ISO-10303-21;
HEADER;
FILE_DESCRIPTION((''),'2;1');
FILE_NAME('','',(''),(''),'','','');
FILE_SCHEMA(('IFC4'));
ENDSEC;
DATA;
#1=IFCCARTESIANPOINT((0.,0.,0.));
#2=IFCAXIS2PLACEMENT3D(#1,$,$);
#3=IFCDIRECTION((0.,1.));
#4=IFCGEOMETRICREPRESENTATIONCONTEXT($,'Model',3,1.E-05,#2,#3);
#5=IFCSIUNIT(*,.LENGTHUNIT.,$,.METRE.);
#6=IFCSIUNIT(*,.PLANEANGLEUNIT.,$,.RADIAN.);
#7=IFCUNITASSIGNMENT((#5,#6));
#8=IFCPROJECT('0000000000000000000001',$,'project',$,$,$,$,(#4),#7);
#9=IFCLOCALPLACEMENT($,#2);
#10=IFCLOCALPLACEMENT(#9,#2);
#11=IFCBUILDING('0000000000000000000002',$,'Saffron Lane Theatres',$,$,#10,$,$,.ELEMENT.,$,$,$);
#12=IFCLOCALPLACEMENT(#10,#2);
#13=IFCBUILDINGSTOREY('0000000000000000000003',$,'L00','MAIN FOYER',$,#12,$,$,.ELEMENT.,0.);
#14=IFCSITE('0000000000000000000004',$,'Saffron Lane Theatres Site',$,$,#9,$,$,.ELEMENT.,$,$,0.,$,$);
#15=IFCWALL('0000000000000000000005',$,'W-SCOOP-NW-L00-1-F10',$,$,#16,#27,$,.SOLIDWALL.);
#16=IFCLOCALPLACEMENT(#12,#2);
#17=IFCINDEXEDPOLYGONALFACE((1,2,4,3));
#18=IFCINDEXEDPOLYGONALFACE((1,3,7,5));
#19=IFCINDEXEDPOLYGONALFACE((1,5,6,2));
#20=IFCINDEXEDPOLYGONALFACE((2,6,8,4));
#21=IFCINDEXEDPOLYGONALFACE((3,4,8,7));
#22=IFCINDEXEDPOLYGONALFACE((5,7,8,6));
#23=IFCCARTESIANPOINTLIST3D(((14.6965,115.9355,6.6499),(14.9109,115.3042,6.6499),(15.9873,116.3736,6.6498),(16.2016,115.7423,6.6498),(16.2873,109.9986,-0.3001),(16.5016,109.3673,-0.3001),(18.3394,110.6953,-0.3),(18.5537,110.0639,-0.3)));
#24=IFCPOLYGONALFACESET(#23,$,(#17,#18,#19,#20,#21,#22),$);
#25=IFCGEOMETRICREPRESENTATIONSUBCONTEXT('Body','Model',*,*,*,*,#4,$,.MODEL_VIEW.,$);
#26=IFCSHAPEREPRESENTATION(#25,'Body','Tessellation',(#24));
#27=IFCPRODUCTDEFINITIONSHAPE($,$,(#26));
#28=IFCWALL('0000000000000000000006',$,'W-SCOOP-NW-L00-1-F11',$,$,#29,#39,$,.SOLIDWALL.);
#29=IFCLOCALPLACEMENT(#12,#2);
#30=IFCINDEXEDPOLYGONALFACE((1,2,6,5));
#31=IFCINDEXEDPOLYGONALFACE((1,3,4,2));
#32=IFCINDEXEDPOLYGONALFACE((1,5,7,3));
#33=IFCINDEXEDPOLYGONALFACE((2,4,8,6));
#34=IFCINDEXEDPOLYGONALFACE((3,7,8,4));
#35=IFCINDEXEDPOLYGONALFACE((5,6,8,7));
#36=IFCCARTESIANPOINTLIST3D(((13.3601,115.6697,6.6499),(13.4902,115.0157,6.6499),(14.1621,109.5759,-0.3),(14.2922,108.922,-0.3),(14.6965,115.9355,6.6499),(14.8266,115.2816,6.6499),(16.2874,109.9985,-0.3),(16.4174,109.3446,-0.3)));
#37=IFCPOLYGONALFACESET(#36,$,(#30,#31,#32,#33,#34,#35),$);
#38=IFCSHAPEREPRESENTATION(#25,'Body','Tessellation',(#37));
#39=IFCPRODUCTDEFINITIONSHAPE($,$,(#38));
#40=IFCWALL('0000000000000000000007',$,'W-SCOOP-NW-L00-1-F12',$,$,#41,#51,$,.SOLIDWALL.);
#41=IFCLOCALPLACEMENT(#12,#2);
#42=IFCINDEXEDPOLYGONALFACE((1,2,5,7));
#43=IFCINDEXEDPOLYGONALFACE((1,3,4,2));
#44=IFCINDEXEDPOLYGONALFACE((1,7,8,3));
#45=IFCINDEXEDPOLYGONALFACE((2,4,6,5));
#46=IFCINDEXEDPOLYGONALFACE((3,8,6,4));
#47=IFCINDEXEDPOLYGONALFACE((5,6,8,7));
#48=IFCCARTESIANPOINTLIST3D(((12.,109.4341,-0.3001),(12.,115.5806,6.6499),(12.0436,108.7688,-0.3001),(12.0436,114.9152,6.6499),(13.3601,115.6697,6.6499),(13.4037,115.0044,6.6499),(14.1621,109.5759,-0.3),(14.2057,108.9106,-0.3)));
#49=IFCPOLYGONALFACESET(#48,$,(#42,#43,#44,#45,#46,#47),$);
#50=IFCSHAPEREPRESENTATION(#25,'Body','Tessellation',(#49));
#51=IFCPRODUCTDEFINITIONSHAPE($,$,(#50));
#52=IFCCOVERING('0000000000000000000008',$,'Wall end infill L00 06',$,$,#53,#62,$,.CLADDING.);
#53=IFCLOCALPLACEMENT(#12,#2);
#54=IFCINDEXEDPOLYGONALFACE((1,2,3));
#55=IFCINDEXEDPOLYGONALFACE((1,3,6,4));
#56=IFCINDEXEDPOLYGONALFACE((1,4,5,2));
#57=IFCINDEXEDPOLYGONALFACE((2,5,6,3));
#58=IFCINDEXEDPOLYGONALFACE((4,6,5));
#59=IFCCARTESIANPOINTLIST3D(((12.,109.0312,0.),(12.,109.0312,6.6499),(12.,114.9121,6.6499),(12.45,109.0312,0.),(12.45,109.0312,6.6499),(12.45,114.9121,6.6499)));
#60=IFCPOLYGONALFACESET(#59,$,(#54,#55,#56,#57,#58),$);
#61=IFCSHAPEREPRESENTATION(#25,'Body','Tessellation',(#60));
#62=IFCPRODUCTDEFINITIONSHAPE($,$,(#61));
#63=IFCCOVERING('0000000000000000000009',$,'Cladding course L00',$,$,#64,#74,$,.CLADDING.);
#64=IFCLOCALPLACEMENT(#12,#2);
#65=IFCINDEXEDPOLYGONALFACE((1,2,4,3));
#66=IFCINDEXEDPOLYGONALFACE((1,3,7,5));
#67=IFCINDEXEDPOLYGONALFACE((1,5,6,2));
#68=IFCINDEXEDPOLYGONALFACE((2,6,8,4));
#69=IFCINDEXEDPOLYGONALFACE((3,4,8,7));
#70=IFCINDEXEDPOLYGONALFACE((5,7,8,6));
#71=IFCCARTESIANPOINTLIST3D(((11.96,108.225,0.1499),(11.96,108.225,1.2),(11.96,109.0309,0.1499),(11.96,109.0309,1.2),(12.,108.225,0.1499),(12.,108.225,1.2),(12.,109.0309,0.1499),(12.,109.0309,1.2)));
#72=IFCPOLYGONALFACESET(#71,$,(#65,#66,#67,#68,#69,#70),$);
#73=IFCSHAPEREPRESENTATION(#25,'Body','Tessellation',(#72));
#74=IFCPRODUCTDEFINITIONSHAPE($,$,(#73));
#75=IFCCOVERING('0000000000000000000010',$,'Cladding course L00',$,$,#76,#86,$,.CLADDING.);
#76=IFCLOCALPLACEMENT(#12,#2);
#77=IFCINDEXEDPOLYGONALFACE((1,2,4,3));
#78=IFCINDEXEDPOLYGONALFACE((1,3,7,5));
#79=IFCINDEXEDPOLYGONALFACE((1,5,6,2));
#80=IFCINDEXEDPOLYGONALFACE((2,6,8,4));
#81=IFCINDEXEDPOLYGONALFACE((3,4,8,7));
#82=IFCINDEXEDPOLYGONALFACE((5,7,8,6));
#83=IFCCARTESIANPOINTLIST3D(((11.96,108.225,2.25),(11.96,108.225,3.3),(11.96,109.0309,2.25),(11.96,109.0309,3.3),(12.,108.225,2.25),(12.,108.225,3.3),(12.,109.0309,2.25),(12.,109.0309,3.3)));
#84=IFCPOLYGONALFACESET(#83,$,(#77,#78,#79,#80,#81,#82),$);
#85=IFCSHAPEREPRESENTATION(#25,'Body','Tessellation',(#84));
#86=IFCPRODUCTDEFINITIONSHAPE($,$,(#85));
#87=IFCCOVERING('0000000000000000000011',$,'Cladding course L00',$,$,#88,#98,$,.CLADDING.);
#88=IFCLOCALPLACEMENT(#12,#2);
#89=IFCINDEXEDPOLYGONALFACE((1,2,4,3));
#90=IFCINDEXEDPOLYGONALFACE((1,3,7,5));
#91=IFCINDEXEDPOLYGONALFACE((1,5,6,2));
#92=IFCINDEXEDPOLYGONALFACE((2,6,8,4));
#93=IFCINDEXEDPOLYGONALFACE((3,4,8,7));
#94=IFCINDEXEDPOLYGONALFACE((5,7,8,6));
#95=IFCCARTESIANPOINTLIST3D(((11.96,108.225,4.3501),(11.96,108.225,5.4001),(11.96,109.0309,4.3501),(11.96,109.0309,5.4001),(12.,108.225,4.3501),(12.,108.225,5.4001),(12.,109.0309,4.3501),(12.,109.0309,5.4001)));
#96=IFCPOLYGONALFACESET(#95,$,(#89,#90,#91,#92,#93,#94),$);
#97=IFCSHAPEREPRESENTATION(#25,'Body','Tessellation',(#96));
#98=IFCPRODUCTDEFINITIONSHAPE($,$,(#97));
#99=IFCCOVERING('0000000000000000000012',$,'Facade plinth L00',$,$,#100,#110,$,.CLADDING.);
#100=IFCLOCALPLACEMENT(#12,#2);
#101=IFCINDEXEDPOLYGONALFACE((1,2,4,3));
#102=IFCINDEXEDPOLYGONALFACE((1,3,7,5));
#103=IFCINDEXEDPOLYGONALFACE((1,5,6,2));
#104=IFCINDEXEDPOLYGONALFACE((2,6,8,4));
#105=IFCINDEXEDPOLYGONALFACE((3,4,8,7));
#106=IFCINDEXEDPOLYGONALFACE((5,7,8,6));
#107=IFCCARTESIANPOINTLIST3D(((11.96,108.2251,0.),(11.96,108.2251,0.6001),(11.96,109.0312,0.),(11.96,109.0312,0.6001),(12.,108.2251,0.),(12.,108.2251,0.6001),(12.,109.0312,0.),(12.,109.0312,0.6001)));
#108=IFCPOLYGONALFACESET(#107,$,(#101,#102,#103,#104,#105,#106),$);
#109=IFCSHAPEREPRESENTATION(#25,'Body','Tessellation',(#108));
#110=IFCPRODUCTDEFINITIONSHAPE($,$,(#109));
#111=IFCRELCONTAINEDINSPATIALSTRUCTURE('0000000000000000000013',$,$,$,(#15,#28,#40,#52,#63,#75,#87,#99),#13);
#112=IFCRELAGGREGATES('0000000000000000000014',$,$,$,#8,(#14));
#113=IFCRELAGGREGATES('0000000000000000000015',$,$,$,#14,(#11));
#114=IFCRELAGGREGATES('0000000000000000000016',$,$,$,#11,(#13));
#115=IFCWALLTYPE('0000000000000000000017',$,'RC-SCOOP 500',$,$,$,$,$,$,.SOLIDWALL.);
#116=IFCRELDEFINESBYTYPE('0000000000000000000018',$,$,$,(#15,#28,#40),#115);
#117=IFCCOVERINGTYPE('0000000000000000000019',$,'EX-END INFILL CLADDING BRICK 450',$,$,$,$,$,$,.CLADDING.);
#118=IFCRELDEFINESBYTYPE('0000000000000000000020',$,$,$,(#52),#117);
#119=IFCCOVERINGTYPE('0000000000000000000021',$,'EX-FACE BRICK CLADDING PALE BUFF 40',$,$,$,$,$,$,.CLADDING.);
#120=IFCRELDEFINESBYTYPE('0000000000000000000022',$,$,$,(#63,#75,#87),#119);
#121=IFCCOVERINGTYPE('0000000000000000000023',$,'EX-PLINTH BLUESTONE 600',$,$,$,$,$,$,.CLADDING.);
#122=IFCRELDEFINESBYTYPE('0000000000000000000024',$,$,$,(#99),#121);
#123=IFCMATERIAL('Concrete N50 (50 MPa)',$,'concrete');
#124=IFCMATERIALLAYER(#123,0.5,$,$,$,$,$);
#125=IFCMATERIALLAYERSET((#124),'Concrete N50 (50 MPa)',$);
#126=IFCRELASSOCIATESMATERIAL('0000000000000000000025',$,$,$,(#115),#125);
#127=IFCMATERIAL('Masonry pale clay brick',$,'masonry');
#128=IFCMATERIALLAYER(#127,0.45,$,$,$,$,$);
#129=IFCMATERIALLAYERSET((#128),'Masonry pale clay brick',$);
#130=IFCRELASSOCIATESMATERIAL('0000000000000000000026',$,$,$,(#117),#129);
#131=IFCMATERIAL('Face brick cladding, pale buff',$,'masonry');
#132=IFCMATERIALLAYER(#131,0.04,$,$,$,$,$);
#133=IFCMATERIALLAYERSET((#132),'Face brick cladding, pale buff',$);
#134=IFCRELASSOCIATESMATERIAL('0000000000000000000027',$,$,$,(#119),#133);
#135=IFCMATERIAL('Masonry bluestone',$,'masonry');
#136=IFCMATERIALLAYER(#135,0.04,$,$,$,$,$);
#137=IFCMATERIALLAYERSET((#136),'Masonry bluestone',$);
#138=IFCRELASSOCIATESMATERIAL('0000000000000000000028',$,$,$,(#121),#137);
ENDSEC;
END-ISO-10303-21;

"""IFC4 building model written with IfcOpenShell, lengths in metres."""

from ifc_helpers import new_model, si_unit, direction, frame, origin, origin_2d, place, context, subcontext, project, spatial, polyline, rectangle, outline, extrude, material, layer, layer_set, type_object, element, save


model = new_model("IFC4")

# Units and contexts
model_context = context("Model", 3, precision=1e-05, world=origin(), true_north=direction((0.0, 1.0)))
body_context = subcontext(model_context, "Body", "Model", "MODEL_VIEW")
ifc_project = project(units=[si_unit("LENGTHUNIT", "METRE"), si_unit("PLANEANGLEUNIT", "RADIAN")], contexts=[model_context])

# Site, building, storey
site_placement = place(None, origin())
site = spatial("IfcSite", under=ifc_project, at=site_placement, Name="Saffron Lane Theatres Site", CompositionType="ELEMENT", RefElevation=0.0)
building_placement = place(site_placement, origin())
building = spatial("IfcBuilding", under=site, at=building_placement, Name="Saffron Lane Theatres", CompositionType="ELEMENT")
storey_placement = place(building_placement, origin())
storey = spatial("IfcBuildingStorey", under=building, at=storey_placement, Name="L00", Description="MAIN FOYER", CompositionType="ELEMENT", Elevation=0.0)

# Walls
ifc_material_1 = material(Name="Concrete N50 (50 MPa)", Category="concrete")
ifc_layer_1 = layer(ifc_material_1, 0.5)
ifc_layer_set_1 = layer_set([ifc_layer_1], Name="Concrete N50 (50 MPa)")
wall_type_1 = type_object("IfcWallType", Name="RC-SCOOP 500", PredefinedType="SOLIDWALL", material=ifc_layer_set_1)
wall_1_placement = place(storey_placement, frame((18.3394, 110.6953, -0.3), z_axis=(0.241023, -0.710001, 0.66167), x_axis=(-0.946915, -0.321485, -0.000041)))
element("IfcWall", 1, at=wall_1_placement, inside=storey, type_object=wall_type_1, Name="W-SCOOP-NW-L00-1-F10", PredefinedType="SOLIDWALL", context=body_context, shape_type="SweptSolid", body=[
    extrude(outline(polyline([(0.0, 0.0), (2.1671, 0.0), (1.7645, -9.2692), (0.4014, -9.269), (0.0, 0.0)])), origin(), (0.000049, 0.66167, 0.749795), 0.6667),
])
wall_2_placement = place(storey_placement, frame((16.2874, 109.9985, -0.3), z_axis=(0.146258, -0.735387, 0.661676), x_axis=(-0.980793, -0.195051, 0.000016)))
element("IfcWall", 2, at=wall_2_placement, inside=storey, type_object=wall_type_1, Name="W-SCOOP-NW-L00-1-F11", PredefinedType="SOLIDWALL", context=body_context, shape_type="SweptSolid", body=[
    extrude(outline(polyline([(0.0, 0.0), (2.1669, 0.0), (1.765, -9.2692), (0.4024, -9.2692), (0.0, 0.0)])), origin(), (-0.00004, 0.661676, 0.74979), 0.6667),
])
wall_3_placement = place(storey_placement, frame((14.1621, 109.5759, -0.3), z_axis=(0.049059, -0.748181, 0.661678), x_axis=(-0.997856, -0.065446, -0.000017)))
element("IfcWall", 3, at=wall_3_placement, inside=storey, type_object=wall_type_1, Name="W-SCOOP-NW-L00-1-F12", PredefinedType="SOLIDWALL", context=body_context, shape_type="SweptSolid", body=[
    extrude(outline(polyline([(0.0, 0.0), (2.1668, 0.0), (1.7644, -9.2693), (0.4014, -9.2692), (0.0, 0.0)])), origin(), (0.000043, 0.661678, 0.749788), 0.6667),
])

# Coverings
ifc_material_2 = material(Name="Masonry pale clay brick", Category="masonry")
ifc_layer_2 = layer(ifc_material_2, 0.45)
ifc_layer_set_2 = layer_set([ifc_layer_2], Name="Masonry pale clay brick")
covering_type_1 = type_object("IfcCoveringType", Name="EX-END INFILL CLADDING BRICK 450", PredefinedType="CLADDING", material=ifc_layer_set_2)
covering_1_placement = place(storey_placement, frame((12.0, 109.0312, 0.0), z_axis=(-1.0, 0.0, 0.0), x_axis=(0.0, 0.0, 1.0)))
element("IfcCovering", 4, at=covering_1_placement, inside=storey, type_object=covering_type_1, Name="Wall end infill L00 06", PredefinedType="CLADDING", context=body_context, shape_type="SweptSolid", body=[
    extrude(outline(polyline([(0.0, 0.0), (6.6499, 0.0), (6.6499, 5.8809), (0.0, 0.0)])), origin(), (0.0, 0.0, -1.0), 0.45),
])
ifc_material_3 = material(Name="Face brick cladding, pale buff", Category="masonry")
ifc_layer_3 = layer(ifc_material_3, 0.04)
ifc_layer_set_3 = layer_set([ifc_layer_3], Name="Face brick cladding, pale buff")
covering_type_2 = type_object("IfcCoveringType", Name="EX-FACE BRICK CLADDING PALE BUFF 40", PredefinedType="CLADDING", material=ifc_layer_set_3)
for number, where, z_axis, x_axis, name in (
    (5, (11.98, 108.6279, 0.1499), (0.0, 0.0, 1.0), (0.0, 1.0, 0.0), "Cladding course L00"),
    (6, (11.98, 108.6279, 2.25), (0.0, 0.0, 1.0), (0.0, 1.0, 0.0), "Cladding course L00"),
    (7, (11.98, 108.6279, 4.3501), (0.0, 0.0, 1.0), (0.0, 1.0, 0.0), "Cladding course L00"),
):
    element("IfcCovering", number, at=place(storey_placement, frame(where, z_axis=z_axis, x_axis=x_axis)), inside=storey, type_object=covering_type_2, Name=name, PredefinedType="CLADDING", context=body_context, shape_type="SweptSolid", body=[
        extrude(rectangle(XDim=0.8059, YDim=0.04, at=origin_2d()), origin(), (0.0, 0.0, 1.0), 1.05),
    ])
ifc_material_4 = material(Name="Masonry bluestone", Category="masonry")
ifc_layer_4 = layer(ifc_material_4, 0.04)
ifc_layer_set_4 = layer_set([ifc_layer_4], Name="Masonry bluestone")
covering_type_3 = type_object("IfcCoveringType", Name="EX-PLINTH BLUESTONE 600", PredefinedType="CLADDING", material=ifc_layer_set_4)
covering_2_placement = place(storey_placement, frame((11.98, 108.6282, 0.0), z_axis=(0.0, 0.0, 1.0), x_axis=(0.0, 1.0, 0.0)))
element("IfcCovering", 8, at=covering_2_placement, inside=storey, type_object=covering_type_3, Name="Facade plinth L00", PredefinedType="CLADDING", context=body_context, shape_type="SweptSolid", body=[
    extrude(rectangle(XDim=0.8062, YDim=0.04, at=origin_2d()), origin(), (0.0, 0.0, 1.0), 0.6001),
])

save(model, "model.ifc")
